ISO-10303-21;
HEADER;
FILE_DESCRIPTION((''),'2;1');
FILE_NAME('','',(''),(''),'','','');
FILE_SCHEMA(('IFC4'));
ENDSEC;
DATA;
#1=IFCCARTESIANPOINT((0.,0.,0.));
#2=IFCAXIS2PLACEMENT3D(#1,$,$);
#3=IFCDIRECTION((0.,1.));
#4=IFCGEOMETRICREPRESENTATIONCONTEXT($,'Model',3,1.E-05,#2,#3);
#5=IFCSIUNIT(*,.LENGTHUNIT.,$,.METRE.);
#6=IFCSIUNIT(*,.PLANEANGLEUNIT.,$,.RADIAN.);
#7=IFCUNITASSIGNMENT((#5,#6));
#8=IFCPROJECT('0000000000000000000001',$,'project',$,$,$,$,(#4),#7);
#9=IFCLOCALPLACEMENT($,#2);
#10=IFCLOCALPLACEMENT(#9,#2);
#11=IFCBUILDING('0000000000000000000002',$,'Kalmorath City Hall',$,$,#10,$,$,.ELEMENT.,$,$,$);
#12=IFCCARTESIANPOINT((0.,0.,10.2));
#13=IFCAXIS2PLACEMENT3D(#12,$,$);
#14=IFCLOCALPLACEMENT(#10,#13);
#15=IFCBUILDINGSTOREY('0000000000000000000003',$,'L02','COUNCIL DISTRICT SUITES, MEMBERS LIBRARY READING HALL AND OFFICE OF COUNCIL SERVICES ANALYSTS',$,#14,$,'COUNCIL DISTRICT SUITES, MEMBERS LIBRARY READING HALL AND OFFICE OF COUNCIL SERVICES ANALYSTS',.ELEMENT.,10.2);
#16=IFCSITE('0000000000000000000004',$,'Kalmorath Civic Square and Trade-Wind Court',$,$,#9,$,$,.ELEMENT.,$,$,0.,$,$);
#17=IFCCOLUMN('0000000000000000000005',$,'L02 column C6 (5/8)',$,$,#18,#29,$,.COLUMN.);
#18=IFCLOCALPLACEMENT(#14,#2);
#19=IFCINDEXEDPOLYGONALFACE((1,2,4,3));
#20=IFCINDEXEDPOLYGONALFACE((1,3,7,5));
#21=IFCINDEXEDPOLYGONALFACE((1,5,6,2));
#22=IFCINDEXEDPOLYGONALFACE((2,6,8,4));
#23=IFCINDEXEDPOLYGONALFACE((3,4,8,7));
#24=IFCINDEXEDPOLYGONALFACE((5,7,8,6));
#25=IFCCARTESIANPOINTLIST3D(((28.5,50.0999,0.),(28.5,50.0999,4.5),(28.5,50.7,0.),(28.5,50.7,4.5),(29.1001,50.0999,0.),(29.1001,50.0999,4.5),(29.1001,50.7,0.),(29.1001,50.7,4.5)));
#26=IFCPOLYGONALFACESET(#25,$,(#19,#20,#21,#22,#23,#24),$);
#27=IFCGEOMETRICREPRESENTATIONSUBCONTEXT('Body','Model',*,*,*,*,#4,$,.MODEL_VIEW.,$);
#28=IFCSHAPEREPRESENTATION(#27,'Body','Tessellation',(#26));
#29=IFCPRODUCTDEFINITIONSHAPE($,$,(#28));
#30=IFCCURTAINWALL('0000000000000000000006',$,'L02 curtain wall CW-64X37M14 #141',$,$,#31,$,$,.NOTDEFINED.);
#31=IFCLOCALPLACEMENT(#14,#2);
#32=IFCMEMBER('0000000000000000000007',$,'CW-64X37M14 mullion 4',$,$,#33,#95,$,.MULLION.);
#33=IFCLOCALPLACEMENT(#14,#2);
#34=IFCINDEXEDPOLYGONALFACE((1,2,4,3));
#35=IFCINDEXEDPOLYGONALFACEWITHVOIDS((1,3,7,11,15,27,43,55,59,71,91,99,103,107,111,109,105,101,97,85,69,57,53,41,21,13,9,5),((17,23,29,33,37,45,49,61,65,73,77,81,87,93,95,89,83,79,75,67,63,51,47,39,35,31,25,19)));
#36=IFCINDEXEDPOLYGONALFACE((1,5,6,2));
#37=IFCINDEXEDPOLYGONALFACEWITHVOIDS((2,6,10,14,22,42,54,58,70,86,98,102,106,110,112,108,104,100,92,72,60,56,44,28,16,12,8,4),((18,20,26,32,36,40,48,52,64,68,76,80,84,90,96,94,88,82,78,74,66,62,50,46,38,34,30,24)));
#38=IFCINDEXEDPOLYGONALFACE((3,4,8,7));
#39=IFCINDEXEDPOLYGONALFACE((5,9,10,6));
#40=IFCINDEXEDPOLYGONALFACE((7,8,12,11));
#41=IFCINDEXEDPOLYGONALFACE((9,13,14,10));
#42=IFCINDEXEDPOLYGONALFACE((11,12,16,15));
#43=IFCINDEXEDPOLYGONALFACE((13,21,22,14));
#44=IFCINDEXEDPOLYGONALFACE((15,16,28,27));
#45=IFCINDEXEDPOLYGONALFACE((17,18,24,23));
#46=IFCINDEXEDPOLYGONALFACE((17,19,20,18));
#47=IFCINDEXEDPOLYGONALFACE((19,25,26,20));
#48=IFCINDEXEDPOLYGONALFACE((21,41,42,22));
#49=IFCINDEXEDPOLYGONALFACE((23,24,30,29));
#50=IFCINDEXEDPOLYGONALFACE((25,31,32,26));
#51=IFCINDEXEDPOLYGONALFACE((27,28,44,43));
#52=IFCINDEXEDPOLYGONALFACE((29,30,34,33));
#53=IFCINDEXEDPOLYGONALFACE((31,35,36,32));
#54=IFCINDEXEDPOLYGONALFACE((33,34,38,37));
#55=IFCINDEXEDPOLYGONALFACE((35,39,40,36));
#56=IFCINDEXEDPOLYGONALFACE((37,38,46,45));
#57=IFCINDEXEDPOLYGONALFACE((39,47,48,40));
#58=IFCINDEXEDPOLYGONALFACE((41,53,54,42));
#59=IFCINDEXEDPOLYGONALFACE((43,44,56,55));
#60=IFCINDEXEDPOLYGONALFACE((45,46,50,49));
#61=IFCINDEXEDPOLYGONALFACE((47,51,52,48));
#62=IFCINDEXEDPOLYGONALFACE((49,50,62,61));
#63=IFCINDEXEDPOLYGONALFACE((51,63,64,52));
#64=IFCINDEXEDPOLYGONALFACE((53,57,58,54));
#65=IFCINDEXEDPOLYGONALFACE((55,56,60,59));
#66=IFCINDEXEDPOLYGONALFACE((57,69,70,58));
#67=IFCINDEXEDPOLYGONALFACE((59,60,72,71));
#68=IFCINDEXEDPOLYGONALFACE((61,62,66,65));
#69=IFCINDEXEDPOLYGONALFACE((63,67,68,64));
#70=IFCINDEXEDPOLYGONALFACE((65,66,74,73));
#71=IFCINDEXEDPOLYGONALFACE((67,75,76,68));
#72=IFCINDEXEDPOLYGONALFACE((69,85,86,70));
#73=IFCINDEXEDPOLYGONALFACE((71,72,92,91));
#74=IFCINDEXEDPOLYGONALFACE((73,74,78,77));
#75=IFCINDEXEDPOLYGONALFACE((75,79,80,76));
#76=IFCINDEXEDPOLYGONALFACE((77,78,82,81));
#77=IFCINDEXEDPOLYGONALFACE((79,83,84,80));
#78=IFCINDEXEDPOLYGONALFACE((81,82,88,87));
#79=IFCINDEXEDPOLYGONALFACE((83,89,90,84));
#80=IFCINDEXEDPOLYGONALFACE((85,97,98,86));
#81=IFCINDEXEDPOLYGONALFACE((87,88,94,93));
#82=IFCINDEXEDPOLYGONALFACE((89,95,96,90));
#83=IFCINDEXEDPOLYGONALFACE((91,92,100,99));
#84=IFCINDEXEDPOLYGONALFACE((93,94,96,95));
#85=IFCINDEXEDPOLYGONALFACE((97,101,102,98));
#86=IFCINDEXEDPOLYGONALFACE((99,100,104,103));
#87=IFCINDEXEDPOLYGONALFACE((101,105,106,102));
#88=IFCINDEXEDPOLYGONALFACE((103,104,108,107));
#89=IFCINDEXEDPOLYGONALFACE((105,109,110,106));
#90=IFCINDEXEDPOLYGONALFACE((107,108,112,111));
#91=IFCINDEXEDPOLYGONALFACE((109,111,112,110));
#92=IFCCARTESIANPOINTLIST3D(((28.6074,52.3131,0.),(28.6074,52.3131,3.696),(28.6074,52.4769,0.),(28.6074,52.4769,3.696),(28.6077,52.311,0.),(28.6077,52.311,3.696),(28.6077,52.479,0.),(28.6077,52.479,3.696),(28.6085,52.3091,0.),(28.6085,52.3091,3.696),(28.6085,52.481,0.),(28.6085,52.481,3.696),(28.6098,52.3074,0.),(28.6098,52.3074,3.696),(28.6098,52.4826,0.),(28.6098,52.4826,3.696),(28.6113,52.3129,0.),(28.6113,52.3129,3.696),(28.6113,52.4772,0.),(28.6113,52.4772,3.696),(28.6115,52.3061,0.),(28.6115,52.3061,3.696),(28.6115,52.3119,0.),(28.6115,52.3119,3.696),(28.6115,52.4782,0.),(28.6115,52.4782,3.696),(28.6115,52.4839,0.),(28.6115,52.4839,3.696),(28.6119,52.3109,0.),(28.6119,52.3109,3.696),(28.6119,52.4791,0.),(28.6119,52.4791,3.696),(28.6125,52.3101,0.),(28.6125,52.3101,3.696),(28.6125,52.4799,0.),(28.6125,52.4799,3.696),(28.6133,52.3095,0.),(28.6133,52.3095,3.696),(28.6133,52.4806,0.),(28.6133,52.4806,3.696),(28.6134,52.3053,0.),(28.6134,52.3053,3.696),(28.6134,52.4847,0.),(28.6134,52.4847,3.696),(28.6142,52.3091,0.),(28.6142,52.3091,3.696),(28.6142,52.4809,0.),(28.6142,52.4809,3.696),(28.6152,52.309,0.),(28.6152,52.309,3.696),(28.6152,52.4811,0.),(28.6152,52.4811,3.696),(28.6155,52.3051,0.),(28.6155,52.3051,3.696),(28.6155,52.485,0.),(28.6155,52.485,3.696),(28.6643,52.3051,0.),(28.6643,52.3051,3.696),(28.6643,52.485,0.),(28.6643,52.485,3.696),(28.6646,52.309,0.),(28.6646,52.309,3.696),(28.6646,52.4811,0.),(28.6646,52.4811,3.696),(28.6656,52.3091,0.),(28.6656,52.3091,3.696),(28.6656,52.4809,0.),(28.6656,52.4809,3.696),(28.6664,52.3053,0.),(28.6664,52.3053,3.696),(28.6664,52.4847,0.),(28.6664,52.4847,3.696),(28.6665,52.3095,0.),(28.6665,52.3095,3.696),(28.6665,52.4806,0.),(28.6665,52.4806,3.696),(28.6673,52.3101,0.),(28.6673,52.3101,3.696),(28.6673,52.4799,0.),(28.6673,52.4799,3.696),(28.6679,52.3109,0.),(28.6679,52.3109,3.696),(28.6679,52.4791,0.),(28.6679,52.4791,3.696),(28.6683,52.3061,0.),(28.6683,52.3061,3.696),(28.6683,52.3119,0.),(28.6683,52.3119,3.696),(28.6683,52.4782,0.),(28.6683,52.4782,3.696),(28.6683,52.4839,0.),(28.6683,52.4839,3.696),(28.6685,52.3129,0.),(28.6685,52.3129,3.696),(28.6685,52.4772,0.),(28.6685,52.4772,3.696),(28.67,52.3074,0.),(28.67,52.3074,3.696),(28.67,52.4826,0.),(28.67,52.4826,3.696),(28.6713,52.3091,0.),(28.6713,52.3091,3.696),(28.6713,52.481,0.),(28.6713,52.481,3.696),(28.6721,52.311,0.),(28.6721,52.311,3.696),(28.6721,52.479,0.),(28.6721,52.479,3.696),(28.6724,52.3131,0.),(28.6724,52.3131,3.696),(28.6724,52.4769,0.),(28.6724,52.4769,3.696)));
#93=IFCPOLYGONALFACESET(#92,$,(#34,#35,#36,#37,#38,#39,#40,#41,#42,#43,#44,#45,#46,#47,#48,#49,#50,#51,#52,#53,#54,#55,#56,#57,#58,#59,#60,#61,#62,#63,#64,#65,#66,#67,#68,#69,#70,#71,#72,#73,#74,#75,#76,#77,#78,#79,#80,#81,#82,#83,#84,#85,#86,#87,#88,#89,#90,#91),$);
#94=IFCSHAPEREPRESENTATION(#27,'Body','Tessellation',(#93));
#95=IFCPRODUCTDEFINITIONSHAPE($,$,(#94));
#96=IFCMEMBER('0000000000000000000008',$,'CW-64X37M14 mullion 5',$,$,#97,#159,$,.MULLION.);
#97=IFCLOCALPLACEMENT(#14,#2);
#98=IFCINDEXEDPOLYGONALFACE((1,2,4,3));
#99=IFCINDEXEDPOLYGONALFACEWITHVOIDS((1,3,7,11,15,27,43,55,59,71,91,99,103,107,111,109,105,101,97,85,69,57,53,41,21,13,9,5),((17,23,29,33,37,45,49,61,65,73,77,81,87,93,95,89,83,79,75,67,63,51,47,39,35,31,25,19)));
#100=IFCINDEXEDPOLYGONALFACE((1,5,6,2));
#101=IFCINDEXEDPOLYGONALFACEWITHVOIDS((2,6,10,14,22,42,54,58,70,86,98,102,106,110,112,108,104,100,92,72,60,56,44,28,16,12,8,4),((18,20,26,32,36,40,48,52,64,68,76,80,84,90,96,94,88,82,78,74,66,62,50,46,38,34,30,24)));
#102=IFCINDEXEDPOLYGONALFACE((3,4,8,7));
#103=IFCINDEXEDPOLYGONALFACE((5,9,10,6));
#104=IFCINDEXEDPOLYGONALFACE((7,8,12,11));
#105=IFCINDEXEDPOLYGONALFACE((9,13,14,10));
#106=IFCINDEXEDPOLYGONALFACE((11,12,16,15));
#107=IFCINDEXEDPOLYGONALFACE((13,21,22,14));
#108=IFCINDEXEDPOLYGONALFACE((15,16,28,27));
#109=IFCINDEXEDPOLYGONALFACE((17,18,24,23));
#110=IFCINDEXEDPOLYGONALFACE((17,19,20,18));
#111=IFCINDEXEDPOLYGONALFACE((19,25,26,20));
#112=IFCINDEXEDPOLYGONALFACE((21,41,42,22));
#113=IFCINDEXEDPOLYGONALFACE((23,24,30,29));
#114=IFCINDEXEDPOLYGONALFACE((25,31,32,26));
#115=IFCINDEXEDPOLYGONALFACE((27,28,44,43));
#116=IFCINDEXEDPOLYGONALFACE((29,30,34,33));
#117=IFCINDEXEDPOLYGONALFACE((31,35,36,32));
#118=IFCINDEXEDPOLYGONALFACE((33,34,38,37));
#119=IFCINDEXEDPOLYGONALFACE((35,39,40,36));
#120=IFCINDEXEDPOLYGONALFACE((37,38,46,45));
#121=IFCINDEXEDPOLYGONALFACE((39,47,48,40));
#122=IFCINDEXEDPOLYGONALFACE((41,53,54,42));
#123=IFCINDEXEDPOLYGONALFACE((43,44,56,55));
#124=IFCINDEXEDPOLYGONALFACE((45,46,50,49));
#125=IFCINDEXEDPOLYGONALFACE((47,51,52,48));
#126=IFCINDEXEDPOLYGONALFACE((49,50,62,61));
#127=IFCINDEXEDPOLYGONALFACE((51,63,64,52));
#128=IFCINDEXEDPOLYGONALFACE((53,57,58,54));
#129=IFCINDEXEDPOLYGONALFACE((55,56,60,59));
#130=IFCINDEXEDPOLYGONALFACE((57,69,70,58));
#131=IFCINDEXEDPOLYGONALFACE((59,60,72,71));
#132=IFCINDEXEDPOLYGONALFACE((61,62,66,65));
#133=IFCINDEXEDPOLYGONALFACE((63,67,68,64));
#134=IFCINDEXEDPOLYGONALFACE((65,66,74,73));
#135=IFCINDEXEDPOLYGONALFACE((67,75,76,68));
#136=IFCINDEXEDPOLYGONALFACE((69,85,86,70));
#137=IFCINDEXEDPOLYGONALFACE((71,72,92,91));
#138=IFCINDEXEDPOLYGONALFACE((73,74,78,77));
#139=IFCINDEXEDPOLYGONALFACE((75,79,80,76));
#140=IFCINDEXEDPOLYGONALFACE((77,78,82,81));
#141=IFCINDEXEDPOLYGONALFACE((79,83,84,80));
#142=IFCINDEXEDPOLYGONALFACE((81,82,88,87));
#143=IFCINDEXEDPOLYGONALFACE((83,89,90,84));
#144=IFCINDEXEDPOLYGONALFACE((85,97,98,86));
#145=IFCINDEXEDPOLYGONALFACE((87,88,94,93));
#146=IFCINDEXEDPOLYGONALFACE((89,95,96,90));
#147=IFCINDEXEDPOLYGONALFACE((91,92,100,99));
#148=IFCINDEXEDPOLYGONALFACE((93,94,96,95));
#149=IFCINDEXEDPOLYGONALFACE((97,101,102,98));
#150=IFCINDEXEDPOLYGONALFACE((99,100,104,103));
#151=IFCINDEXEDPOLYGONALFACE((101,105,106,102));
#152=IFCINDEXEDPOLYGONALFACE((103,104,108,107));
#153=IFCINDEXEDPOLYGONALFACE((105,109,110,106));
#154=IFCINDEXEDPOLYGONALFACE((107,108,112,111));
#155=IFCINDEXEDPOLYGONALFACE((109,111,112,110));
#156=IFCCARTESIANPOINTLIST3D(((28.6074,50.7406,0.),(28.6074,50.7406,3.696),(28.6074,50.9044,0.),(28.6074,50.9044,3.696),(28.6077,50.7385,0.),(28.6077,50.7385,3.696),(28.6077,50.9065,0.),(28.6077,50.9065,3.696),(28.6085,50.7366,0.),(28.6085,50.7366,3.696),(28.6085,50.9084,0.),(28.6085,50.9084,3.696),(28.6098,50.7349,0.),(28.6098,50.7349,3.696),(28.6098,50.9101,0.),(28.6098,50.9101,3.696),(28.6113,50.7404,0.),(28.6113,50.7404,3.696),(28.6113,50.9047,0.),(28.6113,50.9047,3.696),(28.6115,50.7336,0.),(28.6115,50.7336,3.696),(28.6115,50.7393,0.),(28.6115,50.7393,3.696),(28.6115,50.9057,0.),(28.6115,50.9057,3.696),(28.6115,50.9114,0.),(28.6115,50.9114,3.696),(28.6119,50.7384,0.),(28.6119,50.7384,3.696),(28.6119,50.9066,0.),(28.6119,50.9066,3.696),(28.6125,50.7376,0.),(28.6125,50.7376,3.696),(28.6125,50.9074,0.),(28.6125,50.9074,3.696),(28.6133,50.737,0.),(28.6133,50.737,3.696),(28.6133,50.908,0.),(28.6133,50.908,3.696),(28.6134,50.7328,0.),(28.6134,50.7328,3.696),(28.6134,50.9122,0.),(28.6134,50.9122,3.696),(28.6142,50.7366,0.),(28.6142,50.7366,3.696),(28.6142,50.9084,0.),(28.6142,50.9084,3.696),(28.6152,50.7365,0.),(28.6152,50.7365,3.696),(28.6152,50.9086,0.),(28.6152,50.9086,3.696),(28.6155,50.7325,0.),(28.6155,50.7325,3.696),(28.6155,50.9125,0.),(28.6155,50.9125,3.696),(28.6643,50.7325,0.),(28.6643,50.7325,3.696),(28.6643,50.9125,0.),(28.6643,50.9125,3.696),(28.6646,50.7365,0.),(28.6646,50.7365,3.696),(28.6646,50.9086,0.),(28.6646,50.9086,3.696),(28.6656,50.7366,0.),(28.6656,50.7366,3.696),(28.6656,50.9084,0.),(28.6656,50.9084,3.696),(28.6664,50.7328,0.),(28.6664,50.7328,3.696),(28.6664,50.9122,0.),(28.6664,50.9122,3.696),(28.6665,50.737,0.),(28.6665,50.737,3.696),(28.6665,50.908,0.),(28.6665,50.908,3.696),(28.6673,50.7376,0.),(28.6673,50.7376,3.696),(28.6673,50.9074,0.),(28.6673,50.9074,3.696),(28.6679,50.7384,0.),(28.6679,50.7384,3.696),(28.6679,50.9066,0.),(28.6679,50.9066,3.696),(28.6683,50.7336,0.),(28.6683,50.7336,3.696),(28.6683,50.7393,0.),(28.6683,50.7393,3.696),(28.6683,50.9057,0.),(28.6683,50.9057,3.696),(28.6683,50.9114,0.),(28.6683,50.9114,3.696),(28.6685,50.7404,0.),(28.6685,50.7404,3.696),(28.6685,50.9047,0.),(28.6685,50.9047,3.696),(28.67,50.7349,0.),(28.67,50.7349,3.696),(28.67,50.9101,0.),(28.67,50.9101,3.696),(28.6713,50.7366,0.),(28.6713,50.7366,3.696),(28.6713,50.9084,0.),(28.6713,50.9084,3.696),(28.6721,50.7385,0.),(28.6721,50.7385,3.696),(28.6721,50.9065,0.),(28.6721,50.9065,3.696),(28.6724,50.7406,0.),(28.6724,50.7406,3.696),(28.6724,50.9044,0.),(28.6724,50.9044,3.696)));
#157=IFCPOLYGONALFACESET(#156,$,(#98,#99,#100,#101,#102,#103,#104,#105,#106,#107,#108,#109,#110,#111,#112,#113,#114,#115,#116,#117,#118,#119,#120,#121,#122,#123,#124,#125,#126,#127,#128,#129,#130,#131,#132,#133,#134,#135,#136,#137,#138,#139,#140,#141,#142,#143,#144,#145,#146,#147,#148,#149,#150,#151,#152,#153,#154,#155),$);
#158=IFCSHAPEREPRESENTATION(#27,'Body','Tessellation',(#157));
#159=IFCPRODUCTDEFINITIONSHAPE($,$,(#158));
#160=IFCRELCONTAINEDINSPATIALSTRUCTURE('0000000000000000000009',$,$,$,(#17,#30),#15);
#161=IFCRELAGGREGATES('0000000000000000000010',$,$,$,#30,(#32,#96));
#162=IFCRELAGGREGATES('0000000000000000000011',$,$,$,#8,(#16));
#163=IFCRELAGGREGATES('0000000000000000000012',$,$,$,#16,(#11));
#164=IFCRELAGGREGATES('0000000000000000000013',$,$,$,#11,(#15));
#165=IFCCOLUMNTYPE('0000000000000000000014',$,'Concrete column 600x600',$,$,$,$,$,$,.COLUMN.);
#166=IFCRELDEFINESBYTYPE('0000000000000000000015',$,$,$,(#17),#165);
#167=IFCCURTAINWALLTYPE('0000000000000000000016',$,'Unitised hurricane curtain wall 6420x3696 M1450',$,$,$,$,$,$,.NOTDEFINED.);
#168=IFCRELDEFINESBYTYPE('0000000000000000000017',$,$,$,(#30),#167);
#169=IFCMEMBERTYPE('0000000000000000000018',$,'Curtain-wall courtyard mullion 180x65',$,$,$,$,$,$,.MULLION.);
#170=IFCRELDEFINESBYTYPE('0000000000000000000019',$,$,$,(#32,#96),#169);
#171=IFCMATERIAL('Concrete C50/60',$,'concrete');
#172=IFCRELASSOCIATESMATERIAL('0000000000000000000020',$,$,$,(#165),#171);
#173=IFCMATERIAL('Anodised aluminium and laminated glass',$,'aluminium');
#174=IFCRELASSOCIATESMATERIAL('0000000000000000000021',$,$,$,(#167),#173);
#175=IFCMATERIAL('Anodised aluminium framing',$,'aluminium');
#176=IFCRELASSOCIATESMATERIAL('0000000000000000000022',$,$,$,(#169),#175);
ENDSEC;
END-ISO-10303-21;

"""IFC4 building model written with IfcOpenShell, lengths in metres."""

from ifc_helpers import new_model, si_unit, direction, frame, origin, origin_2d, place, context, subcontext, project, spatial, rectangle, hollow_rectangle, extrude, material, material_profile, profile_set, type_object, element, aggregate, save


model = new_model("IFC4")

# Units and contexts
model_context = context("Model", 3, precision=1e-05, world=origin(), true_north=direction((0.0, 1.0)))
body_context = subcontext(model_context, "Body", "Model", "MODEL_VIEW")
ifc_project = project(units=[si_unit("LENGTHUNIT", "METRE"), si_unit("PLANEANGLEUNIT", "RADIAN")], contexts=[model_context])

# Site, building, storey
site_placement = place(None, origin())
site = spatial("IfcSite", under=ifc_project, at=site_placement, Name="Kalmorath Civic Square and Trade-Wind Court", CompositionType="ELEMENT", RefElevation=0.0)
building_placement = place(site_placement, origin())
building = spatial("IfcBuilding", under=site, at=building_placement, Name="Kalmorath City Hall", CompositionType="ELEMENT")
storey_placement = place(building_placement, frame((0.0, 0.0, 10.2)))
storey = spatial("IfcBuildingStorey", under=building, at=storey_placement, Name="L02", Description="COUNCIL DISTRICT SUITES, MEMBERS LIBRARY READING HALL AND OFFICE OF COUNCIL SERVICES ANALYSTS", LongName="COUNCIL DISTRICT SUITES, MEMBERS LIBRARY READING HALL AND OFFICE OF COUNCIL SERVICES ANALYSTS", CompositionType="ELEMENT", Elevation=10.2)

# Column
ifc_material_1 = material(Name="Concrete C50/60", Category="concrete")
ifc_material_profile_1 = material_profile(ifc_material_1, rectangle(XDim=0.6001, YDim=0.6001, at=origin_2d()), Name="RC-COL-600X600")
ifc_profile_set_1 = profile_set([ifc_material_profile_1], Name="Concrete C50/60")
column_type = type_object("IfcColumnType", Name="Concrete column 600x600", PredefinedType="COLUMN", material=ifc_profile_set_1)
column_placement = place(storey_placement, frame((28.8, 50.3999, 0.0), z_axis=(0.0, 0.0, 1.0), x_axis=(1.0, 0.0, 0.0)))
element("IfcColumn", 1, at=column_placement, inside=storey, type_object=column_type, Name="L02 column C6 (5/8)", PredefinedType="COLUMN", context=body_context, shape_type="SweptSolid", body=[
    extrude(rectangle(XDim=0.6001, YDim=0.6001, at=origin_2d()), origin(), (0.0, 0.0, 1.0), 4.5),
])

# Curtain wall, members
ifc_material_2 = material(Name="Anodised aluminium and laminated glass", Category="aluminium")
curtain_wall_type = type_object("IfcCurtainWallType", Name="Unitised hurricane curtain wall 6420x3696 M1450", PredefinedType="NOTDEFINED", material=ifc_material_2)
curtain_wall_placement = place(storey_placement, origin())
curtain_wall = element("IfcCurtainWall", 2, at=curtain_wall_placement, inside=storey, type_object=curtain_wall_type, Name="L02 curtain wall CW-64X37M14 #141", PredefinedType="NOTDEFINED")
ifc_material_3 = material(Name="Anodised aluminium framing", Category="aluminium")
ifc_material_profile_2 = material_profile(ifc_material_3, hollow_rectangle(XDim=0.0649, YDim=0.1799, WallThickness=0.0039, InnerFilletRadius=0.0039, OuterFilletRadius=0.0081, at=origin_2d()), Name="ALU-MUL-180X65X4")
ifc_profile_set_2 = profile_set([ifc_material_profile_2], Name="Anodised aluminium framing")
member_type_1 = type_object("IfcMemberType", Name="Curtain-wall courtyard mullion 180x65", PredefinedType="MULLION", material=ifc_profile_set_2)
member_1_placement = place(storey_placement, frame((28.6399, 52.395, 0.0), z_axis=(0.0, 0.0, 1.0), x_axis=(1.0, 0.0, 0.0)))
member_1 = element("IfcMember", 3, at=member_1_placement, type_object=member_type_1, Name="CW-64X37M14 mullion 4", PredefinedType="MULLION", context=body_context, shape_type="SweptSolid", body=[
    extrude(hollow_rectangle(XDim=0.0649, YDim=0.1799, WallThickness=0.0039, InnerFilletRadius=0.0039, OuterFilletRadius=0.0081, at=origin_2d()), origin(), (0.0, 0.0, 1.0), 3.696),
])
member_2_placement = place(storey_placement, frame((28.6399, 50.8225, 0.0), z_axis=(0.0, 0.0, 1.0), x_axis=(1.0, 0.0, 0.0)))
member_2 = element("IfcMember", 4, at=member_2_placement, type_object=member_type_1, Name="CW-64X37M14 mullion 5", PredefinedType="MULLION", context=body_context, shape_type="SweptSolid", body=[
    extrude(hollow_rectangle(XDim=0.0649, YDim=0.1799, WallThickness=0.0039, InnerFilletRadius=0.0039, OuterFilletRadius=0.0081, at=origin_2d()), origin(), (0.0, 0.0, 1.0), 3.696),
])

aggregate(curtain_wall, [member_1, member_2])

save(model, "model.ifc")
